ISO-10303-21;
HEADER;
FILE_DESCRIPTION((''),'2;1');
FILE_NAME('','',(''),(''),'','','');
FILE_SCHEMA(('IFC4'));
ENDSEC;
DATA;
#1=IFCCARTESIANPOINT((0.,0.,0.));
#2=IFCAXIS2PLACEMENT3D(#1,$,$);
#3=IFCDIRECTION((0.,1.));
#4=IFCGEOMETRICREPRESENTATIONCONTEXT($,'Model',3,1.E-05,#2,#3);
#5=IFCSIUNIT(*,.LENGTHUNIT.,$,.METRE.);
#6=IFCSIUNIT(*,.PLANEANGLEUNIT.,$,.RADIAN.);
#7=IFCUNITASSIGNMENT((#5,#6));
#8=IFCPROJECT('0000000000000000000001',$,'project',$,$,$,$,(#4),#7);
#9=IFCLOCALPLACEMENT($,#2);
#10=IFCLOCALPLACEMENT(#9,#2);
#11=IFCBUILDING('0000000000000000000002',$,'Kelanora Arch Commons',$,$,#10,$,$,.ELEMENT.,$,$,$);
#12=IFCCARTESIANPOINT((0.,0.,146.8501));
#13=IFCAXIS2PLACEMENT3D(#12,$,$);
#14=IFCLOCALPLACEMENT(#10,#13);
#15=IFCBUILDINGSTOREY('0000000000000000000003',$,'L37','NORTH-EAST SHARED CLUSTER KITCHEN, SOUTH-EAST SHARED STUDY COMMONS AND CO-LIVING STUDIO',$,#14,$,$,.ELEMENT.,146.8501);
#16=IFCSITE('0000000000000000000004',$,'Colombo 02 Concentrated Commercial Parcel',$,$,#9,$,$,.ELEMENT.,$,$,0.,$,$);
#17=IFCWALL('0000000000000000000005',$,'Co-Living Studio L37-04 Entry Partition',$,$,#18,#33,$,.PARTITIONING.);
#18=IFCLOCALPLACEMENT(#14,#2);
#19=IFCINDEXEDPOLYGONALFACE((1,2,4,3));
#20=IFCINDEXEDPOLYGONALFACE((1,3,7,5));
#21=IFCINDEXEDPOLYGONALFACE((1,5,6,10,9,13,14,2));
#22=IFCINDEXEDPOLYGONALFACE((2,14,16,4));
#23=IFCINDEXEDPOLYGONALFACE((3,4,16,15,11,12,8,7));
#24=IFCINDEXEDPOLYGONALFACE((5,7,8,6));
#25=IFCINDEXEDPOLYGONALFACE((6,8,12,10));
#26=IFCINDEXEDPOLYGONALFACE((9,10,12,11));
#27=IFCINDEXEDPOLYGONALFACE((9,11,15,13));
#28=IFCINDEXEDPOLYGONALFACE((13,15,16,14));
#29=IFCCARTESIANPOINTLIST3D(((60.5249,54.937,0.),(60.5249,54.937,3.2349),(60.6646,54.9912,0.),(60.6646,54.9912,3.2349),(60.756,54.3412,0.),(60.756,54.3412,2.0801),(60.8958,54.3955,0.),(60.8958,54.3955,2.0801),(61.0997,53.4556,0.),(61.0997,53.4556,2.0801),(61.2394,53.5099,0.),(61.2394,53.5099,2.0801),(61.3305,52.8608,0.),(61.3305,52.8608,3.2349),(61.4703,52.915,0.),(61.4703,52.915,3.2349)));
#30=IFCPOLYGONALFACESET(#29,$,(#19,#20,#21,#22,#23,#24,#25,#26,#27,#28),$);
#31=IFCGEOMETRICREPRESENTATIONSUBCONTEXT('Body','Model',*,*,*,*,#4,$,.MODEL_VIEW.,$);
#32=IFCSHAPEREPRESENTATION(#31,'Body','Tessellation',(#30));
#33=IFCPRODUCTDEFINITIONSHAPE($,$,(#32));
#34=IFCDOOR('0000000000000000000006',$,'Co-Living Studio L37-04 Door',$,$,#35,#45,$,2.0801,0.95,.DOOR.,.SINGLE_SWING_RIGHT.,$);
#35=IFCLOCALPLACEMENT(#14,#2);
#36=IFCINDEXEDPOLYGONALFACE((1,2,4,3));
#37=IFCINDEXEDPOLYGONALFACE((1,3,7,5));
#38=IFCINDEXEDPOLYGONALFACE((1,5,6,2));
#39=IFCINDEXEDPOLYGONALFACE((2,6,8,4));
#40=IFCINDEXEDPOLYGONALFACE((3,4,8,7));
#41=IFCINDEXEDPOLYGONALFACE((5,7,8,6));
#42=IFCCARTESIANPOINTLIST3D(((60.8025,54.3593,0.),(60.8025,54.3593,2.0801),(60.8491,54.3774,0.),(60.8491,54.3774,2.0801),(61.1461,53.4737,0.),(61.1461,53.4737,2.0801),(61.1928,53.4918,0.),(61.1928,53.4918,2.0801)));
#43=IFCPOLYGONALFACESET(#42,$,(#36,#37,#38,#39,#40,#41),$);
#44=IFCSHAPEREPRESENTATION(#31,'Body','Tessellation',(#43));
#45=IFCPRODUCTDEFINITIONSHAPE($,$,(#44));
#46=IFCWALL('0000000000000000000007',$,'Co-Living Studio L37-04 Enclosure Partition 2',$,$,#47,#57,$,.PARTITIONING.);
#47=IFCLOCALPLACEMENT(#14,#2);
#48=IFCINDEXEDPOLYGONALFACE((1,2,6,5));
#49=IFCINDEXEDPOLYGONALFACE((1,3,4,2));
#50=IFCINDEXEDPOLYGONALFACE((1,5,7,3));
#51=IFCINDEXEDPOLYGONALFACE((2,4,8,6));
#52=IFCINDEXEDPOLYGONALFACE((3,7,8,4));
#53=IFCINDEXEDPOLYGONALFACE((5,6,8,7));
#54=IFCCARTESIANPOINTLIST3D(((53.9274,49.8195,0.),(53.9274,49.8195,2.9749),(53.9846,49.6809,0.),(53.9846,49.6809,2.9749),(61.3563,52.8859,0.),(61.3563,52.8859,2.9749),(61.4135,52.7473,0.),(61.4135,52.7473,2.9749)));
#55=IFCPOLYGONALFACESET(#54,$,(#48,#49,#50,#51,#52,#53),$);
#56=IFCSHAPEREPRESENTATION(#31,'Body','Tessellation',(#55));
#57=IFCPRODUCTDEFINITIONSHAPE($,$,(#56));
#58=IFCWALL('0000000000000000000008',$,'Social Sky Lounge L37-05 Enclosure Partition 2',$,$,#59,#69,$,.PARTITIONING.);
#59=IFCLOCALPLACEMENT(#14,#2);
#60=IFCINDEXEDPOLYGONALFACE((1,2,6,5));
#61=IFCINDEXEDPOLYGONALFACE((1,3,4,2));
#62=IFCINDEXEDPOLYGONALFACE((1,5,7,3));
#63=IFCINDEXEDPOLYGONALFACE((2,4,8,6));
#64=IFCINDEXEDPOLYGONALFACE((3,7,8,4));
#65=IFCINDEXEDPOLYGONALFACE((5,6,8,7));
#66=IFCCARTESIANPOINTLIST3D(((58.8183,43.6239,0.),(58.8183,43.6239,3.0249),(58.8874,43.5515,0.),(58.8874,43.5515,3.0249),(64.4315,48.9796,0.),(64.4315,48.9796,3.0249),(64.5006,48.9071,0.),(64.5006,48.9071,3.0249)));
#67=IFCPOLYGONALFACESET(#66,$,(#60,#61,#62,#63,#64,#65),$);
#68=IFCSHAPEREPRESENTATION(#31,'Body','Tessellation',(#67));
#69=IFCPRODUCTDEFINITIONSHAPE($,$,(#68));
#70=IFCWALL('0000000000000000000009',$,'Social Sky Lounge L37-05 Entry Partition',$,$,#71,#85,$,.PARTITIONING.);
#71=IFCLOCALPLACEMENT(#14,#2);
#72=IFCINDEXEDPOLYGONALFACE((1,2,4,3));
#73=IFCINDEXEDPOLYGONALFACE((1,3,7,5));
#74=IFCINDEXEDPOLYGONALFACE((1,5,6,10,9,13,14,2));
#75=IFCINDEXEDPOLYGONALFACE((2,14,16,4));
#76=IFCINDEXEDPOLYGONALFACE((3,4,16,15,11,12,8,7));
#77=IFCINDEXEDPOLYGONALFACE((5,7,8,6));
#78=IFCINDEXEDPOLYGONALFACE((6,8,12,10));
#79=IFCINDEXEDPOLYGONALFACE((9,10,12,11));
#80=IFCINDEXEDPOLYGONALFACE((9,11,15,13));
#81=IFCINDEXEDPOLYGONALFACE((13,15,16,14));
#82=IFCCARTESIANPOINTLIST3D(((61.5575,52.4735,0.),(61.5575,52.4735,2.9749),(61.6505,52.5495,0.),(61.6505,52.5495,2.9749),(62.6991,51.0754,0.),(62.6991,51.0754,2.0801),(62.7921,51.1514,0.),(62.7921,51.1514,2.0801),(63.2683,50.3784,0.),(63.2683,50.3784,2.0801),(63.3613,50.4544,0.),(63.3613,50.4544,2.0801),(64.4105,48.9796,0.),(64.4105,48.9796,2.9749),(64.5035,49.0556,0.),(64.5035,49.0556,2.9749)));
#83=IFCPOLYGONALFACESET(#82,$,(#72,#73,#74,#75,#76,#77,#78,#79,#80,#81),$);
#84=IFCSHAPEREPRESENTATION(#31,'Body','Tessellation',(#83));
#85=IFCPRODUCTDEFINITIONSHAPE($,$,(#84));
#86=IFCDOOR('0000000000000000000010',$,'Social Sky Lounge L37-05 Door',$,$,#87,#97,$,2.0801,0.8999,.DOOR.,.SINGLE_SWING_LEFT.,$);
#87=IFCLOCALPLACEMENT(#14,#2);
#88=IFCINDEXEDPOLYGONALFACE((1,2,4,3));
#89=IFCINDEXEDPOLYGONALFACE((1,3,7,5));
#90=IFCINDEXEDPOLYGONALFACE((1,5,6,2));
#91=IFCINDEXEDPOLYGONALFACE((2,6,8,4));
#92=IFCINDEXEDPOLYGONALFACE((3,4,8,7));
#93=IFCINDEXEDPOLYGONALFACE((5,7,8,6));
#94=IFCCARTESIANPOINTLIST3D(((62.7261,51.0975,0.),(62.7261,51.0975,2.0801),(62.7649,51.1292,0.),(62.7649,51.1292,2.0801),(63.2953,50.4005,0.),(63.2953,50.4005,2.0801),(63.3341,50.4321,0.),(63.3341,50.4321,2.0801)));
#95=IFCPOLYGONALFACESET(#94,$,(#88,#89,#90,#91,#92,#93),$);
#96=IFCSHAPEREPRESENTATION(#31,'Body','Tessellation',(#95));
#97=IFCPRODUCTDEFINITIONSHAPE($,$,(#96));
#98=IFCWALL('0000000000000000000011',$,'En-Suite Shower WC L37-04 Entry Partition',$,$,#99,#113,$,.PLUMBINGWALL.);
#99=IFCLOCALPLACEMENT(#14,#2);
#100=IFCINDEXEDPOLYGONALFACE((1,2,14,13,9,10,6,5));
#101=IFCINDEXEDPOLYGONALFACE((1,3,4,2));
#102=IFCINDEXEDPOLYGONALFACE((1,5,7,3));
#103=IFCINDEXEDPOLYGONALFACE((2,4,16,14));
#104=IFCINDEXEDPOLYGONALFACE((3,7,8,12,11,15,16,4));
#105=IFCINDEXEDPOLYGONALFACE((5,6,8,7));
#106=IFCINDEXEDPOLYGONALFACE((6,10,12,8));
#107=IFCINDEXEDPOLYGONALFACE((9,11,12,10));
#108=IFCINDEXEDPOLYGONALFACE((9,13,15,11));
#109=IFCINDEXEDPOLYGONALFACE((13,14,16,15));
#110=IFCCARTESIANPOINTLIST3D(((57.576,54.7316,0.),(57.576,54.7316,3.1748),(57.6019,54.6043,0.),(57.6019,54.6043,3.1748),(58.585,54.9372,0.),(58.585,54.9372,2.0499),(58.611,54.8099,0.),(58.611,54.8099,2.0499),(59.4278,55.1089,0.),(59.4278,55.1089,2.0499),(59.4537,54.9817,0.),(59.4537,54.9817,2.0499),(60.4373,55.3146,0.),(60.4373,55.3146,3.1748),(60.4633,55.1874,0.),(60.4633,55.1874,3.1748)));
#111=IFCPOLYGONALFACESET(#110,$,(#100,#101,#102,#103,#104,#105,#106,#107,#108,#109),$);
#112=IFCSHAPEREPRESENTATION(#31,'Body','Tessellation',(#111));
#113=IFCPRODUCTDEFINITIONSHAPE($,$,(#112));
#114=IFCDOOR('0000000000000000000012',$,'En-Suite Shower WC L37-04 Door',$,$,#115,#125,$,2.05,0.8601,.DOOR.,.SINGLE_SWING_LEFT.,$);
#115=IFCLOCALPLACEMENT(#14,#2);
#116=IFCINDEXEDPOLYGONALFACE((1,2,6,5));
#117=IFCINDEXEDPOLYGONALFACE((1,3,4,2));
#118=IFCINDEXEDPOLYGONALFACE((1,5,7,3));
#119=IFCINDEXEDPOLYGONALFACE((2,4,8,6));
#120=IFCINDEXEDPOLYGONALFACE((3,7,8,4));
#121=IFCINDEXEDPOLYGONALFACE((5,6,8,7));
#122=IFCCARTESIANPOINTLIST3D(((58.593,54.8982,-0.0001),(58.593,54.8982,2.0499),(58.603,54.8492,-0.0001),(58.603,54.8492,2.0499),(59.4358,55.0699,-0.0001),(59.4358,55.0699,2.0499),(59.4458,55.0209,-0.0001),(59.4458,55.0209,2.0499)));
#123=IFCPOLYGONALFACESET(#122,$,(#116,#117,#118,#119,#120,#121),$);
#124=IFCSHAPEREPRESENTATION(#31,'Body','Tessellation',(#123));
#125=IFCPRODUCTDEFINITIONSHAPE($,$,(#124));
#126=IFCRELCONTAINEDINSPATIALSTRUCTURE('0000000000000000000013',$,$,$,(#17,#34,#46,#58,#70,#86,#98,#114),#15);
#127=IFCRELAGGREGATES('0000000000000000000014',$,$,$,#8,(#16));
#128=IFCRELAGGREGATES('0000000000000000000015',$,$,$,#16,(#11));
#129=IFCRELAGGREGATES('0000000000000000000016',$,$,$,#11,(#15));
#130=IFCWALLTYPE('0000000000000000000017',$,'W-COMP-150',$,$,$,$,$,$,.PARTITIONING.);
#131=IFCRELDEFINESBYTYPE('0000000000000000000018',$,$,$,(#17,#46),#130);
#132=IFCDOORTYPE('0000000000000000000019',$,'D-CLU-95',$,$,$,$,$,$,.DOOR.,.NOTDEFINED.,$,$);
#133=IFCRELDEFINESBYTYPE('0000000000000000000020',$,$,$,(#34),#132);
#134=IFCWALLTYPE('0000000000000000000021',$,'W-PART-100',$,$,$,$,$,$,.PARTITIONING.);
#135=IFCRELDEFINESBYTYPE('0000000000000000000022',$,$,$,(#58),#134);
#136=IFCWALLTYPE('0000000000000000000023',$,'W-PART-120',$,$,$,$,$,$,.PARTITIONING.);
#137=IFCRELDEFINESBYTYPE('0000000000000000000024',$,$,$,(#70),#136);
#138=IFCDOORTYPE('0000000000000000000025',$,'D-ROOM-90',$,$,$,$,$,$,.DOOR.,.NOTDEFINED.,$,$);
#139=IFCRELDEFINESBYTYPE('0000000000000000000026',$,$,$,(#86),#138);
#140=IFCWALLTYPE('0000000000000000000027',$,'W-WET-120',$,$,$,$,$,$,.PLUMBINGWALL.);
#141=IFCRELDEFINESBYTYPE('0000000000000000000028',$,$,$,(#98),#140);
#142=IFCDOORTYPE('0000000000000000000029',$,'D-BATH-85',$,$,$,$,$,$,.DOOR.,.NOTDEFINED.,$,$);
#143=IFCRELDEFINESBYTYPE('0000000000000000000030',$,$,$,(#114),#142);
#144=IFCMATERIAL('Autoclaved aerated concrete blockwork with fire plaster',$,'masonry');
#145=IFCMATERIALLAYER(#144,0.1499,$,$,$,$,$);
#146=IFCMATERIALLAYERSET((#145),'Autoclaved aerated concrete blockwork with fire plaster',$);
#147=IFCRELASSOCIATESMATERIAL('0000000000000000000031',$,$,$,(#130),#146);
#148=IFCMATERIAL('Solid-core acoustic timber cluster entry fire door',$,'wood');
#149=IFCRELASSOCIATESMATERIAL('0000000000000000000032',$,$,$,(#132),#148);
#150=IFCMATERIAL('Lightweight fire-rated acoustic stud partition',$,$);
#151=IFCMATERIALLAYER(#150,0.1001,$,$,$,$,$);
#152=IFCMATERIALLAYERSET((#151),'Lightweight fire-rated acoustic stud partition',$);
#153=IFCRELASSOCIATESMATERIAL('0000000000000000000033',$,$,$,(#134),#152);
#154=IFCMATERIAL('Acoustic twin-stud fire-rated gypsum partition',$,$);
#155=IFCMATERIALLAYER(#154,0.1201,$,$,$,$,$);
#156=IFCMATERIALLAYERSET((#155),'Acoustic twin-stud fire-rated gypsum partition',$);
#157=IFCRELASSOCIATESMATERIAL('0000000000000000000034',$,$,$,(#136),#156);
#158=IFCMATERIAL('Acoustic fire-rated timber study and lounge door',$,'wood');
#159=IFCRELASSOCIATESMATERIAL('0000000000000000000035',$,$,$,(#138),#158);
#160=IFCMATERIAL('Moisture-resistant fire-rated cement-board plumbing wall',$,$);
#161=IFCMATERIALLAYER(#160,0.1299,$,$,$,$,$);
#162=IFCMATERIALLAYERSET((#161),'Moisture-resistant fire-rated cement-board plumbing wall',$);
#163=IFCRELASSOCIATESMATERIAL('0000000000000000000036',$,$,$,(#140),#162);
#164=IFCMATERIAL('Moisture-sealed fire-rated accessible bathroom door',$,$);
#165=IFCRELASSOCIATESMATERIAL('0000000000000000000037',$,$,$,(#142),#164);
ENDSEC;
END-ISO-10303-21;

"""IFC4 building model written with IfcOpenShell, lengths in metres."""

from ifc_helpers import new_model, si_unit, direction, frame, frame_2d, origin, place, context, subcontext, project, spatial, rectangle, extrude, material, layer, layer_set, type_object, element, fill, save


model = new_model("IFC4")

# Units and contexts
model_context = context("Model", 3, precision=1e-05, world=origin(), true_north=direction((0.0, 1.0)))
body_context = subcontext(model_context, "Body", "Model", "MODEL_VIEW")
ifc_project = project(units=[si_unit("LENGTHUNIT", "METRE"), si_unit("PLANEANGLEUNIT", "RADIAN")], contexts=[model_context])

# Site, building, storey
site_placement = place(None, origin())
site = spatial("IfcSite", under=ifc_project, at=site_placement, Name="Colombo 02 Concentrated Commercial Parcel", CompositionType="ELEMENT", RefElevation=0.0)
building_placement = place(site_placement, origin())
building = spatial("IfcBuilding", under=site, at=building_placement, Name="Kelanora Arch Commons", CompositionType="ELEMENT")
storey_placement = place(building_placement, frame((0.0, 0.0, 146.8501)))
storey = spatial("IfcBuildingStorey", under=building, at=storey_placement, Name="L37", Description="NORTH-EAST SHARED CLUSTER KITCHEN, SOUTH-EAST SHARED STUDY COMMONS AND CO-LIVING STUDIO", CompositionType="ELEMENT", Elevation=146.8501)

# Wall, opening, door
ifc_material_1 = material(Name="Autoclaved aerated concrete blockwork with fire plaster", Category="masonry")
ifc_layer_1 = layer(ifc_material_1, 0.1499)
ifc_layer_set_1 = layer_set([ifc_layer_1], Name="Autoclaved aerated concrete blockwork with fire plaster")
wall_type_1 = type_object("IfcWallType", Name="W-COMP-150", PredefinedType="PARTITIONING", material=ifc_layer_set_1)
wall_1_placement = place(storey_placement, frame((60.5947, 54.9641, 0.0), z_axis=(0.0, 0.0, 1.0), x_axis=(0.361769, -0.932268, 0.0)))
wall_1 = element("IfcWall", 1, at=wall_1_placement, inside=storey, type_object=wall_type_1, Name="Co-Living Studio L37-04 Entry Partition", PredefinedType="PARTITIONING", context=body_context, shape_type="SweptSolid", body=[
    extrude(rectangle(XDim=2.2271, YDim=0.1499, at=frame_2d((1.1135, 0.0))), origin(), (0.0, 0.0, 1.0), 3.2349),
])
opening_1_placement = place(wall_1_placement, frame((0.6389, 0.0, 0.0)))
opening_1 = element("IfcOpeningElement", 2, at=opening_1_placement, cuts=wall_1, PredefinedType="OPENING", context=body_context, shape_type="SweptSolid", body=[
    extrude(rectangle(XDim=0.95, YDim=2.0801, at=frame_2d((0.4751, 1.04))), frame((0.0, 0.085, 0.0), z_axis=(0.0, -1.0, 0.0), x_axis=(1.0, 0.0, 0.0)), (0.0, 0.0, 1.0), 0.1699),
])
ifc_material_2 = material(Name="Solid-core acoustic timber cluster entry fire door", Category="wood")
door_type_1 = type_object("IfcDoorType", Name="D-CLU-95", OperationType="NOTDEFINED", PredefinedType="DOOR", material=ifc_material_2)
door_1_placement = place(opening_1_placement, origin())
door_1 = element("IfcDoor", 3, at=door_1_placement, inside=storey, type_object=door_type_1, Name="Co-Living Studio L37-04 Door", OperationType="SINGLE_SWING_RIGHT", OverallHeight=2.0801, OverallWidth=0.95, PredefinedType="DOOR", context=body_context, shape_type="SweptSolid", body=[
    extrude(rectangle(XDim=0.95, YDim=2.0801, at=frame_2d((0.4751, 1.04))), frame((0.0, 0.0249, 0.0), z_axis=(0.0, -1.0, 0.0), x_axis=(1.0, 0.0, 0.0)), (0.0, 0.0, 1.0), 0.05),
])
fill(opening_1, door_1)

# Walls
wall_2_placement = place(storey_placement, frame((61.385, 52.8167, 0.0), z_axis=(0.0, 0.0, 1.0), x_axis=(-0.924353, -0.38154, 0.0)))
element("IfcWall", 4, at=wall_2_placement, inside=storey, type_object=wall_type_1, Name="Co-Living Studio L37-04 Enclosure Partition 2", PredefinedType="PARTITIONING", context=body_context, shape_type="SweptSolid", body=[
    extrude(rectangle(XDim=8.0369, YDim=0.1499, at=frame_2d((4.0186, 0.0))), origin(), (0.0, 0.0, 1.0), 2.9749),
])
ifc_material_3 = material(Name="Lightweight fire-rated acoustic stud partition")
ifc_layer_2 = layer(ifc_material_3, 0.1001)
ifc_layer_set_2 = layer_set([ifc_layer_2], Name="Lightweight fire-rated acoustic stud partition")
wall_type_2 = type_object("IfcWallType", Name="W-PART-100", PredefinedType="PARTITIONING", material=ifc_layer_set_2)
wall_3_placement = place(storey_placement, frame((64.4661, 48.9434, 0.0), z_axis=(0.0, 0.0, 1.0), x_axis=(-0.723511, -0.690313, 0.0)))
element("IfcWall", 5, at=wall_3_placement, inside=storey, type_object=wall_type_2, Name="Social Sky Lounge L37-05 Enclosure Partition 2", PredefinedType="PARTITIONING", context=body_context, shape_type="SweptSolid", body=[
    extrude(rectangle(XDim=7.7583, YDim=0.1001, at=frame_2d((3.8792, 0.0))), origin(), (0.0, 0.0, 1.0), 3.0249),
])

# Walls, openings, doors
ifc_material_4 = material(Name="Acoustic twin-stud fire-rated gypsum partition")
ifc_layer_3 = layer(ifc_material_4, 0.1201)
ifc_layer_set_3 = layer_set([ifc_layer_3], Name="Acoustic twin-stud fire-rated gypsum partition")
wall_type_3 = type_object("IfcWallType", Name="W-PART-120", PredefinedType="PARTITIONING", material=ifc_layer_set_3)
wall_4_placement = place(storey_placement, frame((61.604, 52.5115, 0.0), z_axis=(0.0, 0.0, 1.0), x_axis=(0.632492, -0.774567, 0.0)))
wall_4 = element("IfcWall", 6, at=wall_4_placement, inside=storey, type_object=wall_type_3, Name="Social Sky Lounge L37-05 Entry Partition", PredefinedType="PARTITIONING", context=body_context, shape_type="SweptSolid", body=[
    extrude(rectangle(XDim=4.5107, YDim=0.1201, at=frame_2d((2.2554, 0.0))), origin(), (0.0, 0.0, 1.0), 2.9749),
])
opening_2_placement = place(wall_4_placement, frame((1.8049, 0.0, 0.0)))
opening_2 = element("IfcOpeningElement", 7, at=opening_2_placement, cuts=wall_4, PredefinedType="OPENING", context=body_context, shape_type="SweptSolid", body=[
    extrude(rectangle(XDim=0.8999, YDim=2.0801, at=frame_2d((0.45, 1.04))), frame((0.0, 0.0701, 0.0), z_axis=(0.0, -1.0, 0.0), x_axis=(1.0, 0.0, 0.0)), (0.0, 0.0, 1.0), 0.1401),
])
ifc_material_5 = material(Name="Acoustic fire-rated timber study and lounge door", Category="wood")
door_type_2 = type_object("IfcDoorType", Name="D-ROOM-90", OperationType="NOTDEFINED", PredefinedType="DOOR", material=ifc_material_5)
door_2_placement = place(opening_2_placement, origin())
door_2 = element("IfcDoor", 8, at=door_2_placement, inside=storey, type_object=door_type_2, Name="Social Sky Lounge L37-05 Door", OperationType="SINGLE_SWING_LEFT", OverallHeight=2.0801, OverallWidth=0.8999, PredefinedType="DOOR", context=body_context, shape_type="SweptSolid", body=[
    extrude(rectangle(XDim=0.8999, YDim=2.0801, at=frame_2d((0.45, 1.04))), frame((0.0, 0.0249, 0.0), z_axis=(0.0, -1.0, 0.0), x_axis=(1.0, 0.0, 0.0)), (0.0, 0.0, 1.0), 0.05),
])
fill(opening_2, door_2)
ifc_material_6 = material(Name="Moisture-resistant fire-rated cement-board plumbing wall")
ifc_layer_4 = layer(ifc_material_6, 0.1299)
ifc_layer_set_4 = layer_set([ifc_layer_4], Name="Moisture-resistant fire-rated cement-board plumbing wall")
wall_type_4 = type_object("IfcWallType", Name="W-WET-120", PredefinedType="PLUMBINGWALL", material=ifc_layer_set_4)
wall_5_placement = place(storey_placement, frame((60.4502, 55.251, 0.0), z_axis=(0.0, 0.0, 1.0), x_axis=(-0.979867, -0.199652, 0.0)))
wall_5 = element("IfcWall", 9, at=wall_5_placement, inside=storey, type_object=wall_type_4, Name="En-Suite Shower WC L37-04 Entry Partition", PredefinedType="PLUMBINGWALL", context=body_context, shape_type="SweptSolid", body=[
    extrude(rectangle(XDim=2.9202, YDim=0.1299, at=frame_2d((1.46, 0.0))), origin(), (0.0, 0.0, 1.0), 3.1748),
])
opening_3_placement = place(wall_5_placement, frame((1.03, 0.0, 0.0)))
opening_3 = element("IfcOpeningElement", 10, at=opening_3_placement, cuts=wall_5, PredefinedType="OPENING", context=body_context, shape_type="SweptSolid", body=[
    extrude(rectangle(XDim=0.8601, YDim=2.05, at=frame_2d((0.4302, 1.0249))), frame((0.0, 0.075, 0.0), z_axis=(0.0, -1.0, 0.0), x_axis=(1.0, 0.0, 0.0)), (0.0, 0.0, 1.0), 0.1499),
])
ifc_material_7 = material(Name="Moisture-sealed fire-rated accessible bathroom door")
door_type_3 = type_object("IfcDoorType", Name="D-BATH-85", OperationType="NOTDEFINED", PredefinedType="DOOR", material=ifc_material_7)
door_3_placement = place(opening_3_placement, origin())
door_3 = element("IfcDoor", 11, at=door_3_placement, inside=storey, type_object=door_type_3, Name="En-Suite Shower WC L37-04 Door", OperationType="SINGLE_SWING_LEFT", OverallHeight=2.05, OverallWidth=0.8601, PredefinedType="DOOR", context=body_context, shape_type="SweptSolid", body=[
    extrude(rectangle(XDim=0.8601, YDim=2.05, at=frame_2d((0.4302, 1.0249))), frame((0.0, 0.0249, 0.0), z_axis=(0.0, -1.0, 0.0), x_axis=(1.0, 0.0, 0.0)), (0.0, 0.0, 1.0), 0.05),
])
fill(opening_3, door_3)

save(model, "model.ifc")
